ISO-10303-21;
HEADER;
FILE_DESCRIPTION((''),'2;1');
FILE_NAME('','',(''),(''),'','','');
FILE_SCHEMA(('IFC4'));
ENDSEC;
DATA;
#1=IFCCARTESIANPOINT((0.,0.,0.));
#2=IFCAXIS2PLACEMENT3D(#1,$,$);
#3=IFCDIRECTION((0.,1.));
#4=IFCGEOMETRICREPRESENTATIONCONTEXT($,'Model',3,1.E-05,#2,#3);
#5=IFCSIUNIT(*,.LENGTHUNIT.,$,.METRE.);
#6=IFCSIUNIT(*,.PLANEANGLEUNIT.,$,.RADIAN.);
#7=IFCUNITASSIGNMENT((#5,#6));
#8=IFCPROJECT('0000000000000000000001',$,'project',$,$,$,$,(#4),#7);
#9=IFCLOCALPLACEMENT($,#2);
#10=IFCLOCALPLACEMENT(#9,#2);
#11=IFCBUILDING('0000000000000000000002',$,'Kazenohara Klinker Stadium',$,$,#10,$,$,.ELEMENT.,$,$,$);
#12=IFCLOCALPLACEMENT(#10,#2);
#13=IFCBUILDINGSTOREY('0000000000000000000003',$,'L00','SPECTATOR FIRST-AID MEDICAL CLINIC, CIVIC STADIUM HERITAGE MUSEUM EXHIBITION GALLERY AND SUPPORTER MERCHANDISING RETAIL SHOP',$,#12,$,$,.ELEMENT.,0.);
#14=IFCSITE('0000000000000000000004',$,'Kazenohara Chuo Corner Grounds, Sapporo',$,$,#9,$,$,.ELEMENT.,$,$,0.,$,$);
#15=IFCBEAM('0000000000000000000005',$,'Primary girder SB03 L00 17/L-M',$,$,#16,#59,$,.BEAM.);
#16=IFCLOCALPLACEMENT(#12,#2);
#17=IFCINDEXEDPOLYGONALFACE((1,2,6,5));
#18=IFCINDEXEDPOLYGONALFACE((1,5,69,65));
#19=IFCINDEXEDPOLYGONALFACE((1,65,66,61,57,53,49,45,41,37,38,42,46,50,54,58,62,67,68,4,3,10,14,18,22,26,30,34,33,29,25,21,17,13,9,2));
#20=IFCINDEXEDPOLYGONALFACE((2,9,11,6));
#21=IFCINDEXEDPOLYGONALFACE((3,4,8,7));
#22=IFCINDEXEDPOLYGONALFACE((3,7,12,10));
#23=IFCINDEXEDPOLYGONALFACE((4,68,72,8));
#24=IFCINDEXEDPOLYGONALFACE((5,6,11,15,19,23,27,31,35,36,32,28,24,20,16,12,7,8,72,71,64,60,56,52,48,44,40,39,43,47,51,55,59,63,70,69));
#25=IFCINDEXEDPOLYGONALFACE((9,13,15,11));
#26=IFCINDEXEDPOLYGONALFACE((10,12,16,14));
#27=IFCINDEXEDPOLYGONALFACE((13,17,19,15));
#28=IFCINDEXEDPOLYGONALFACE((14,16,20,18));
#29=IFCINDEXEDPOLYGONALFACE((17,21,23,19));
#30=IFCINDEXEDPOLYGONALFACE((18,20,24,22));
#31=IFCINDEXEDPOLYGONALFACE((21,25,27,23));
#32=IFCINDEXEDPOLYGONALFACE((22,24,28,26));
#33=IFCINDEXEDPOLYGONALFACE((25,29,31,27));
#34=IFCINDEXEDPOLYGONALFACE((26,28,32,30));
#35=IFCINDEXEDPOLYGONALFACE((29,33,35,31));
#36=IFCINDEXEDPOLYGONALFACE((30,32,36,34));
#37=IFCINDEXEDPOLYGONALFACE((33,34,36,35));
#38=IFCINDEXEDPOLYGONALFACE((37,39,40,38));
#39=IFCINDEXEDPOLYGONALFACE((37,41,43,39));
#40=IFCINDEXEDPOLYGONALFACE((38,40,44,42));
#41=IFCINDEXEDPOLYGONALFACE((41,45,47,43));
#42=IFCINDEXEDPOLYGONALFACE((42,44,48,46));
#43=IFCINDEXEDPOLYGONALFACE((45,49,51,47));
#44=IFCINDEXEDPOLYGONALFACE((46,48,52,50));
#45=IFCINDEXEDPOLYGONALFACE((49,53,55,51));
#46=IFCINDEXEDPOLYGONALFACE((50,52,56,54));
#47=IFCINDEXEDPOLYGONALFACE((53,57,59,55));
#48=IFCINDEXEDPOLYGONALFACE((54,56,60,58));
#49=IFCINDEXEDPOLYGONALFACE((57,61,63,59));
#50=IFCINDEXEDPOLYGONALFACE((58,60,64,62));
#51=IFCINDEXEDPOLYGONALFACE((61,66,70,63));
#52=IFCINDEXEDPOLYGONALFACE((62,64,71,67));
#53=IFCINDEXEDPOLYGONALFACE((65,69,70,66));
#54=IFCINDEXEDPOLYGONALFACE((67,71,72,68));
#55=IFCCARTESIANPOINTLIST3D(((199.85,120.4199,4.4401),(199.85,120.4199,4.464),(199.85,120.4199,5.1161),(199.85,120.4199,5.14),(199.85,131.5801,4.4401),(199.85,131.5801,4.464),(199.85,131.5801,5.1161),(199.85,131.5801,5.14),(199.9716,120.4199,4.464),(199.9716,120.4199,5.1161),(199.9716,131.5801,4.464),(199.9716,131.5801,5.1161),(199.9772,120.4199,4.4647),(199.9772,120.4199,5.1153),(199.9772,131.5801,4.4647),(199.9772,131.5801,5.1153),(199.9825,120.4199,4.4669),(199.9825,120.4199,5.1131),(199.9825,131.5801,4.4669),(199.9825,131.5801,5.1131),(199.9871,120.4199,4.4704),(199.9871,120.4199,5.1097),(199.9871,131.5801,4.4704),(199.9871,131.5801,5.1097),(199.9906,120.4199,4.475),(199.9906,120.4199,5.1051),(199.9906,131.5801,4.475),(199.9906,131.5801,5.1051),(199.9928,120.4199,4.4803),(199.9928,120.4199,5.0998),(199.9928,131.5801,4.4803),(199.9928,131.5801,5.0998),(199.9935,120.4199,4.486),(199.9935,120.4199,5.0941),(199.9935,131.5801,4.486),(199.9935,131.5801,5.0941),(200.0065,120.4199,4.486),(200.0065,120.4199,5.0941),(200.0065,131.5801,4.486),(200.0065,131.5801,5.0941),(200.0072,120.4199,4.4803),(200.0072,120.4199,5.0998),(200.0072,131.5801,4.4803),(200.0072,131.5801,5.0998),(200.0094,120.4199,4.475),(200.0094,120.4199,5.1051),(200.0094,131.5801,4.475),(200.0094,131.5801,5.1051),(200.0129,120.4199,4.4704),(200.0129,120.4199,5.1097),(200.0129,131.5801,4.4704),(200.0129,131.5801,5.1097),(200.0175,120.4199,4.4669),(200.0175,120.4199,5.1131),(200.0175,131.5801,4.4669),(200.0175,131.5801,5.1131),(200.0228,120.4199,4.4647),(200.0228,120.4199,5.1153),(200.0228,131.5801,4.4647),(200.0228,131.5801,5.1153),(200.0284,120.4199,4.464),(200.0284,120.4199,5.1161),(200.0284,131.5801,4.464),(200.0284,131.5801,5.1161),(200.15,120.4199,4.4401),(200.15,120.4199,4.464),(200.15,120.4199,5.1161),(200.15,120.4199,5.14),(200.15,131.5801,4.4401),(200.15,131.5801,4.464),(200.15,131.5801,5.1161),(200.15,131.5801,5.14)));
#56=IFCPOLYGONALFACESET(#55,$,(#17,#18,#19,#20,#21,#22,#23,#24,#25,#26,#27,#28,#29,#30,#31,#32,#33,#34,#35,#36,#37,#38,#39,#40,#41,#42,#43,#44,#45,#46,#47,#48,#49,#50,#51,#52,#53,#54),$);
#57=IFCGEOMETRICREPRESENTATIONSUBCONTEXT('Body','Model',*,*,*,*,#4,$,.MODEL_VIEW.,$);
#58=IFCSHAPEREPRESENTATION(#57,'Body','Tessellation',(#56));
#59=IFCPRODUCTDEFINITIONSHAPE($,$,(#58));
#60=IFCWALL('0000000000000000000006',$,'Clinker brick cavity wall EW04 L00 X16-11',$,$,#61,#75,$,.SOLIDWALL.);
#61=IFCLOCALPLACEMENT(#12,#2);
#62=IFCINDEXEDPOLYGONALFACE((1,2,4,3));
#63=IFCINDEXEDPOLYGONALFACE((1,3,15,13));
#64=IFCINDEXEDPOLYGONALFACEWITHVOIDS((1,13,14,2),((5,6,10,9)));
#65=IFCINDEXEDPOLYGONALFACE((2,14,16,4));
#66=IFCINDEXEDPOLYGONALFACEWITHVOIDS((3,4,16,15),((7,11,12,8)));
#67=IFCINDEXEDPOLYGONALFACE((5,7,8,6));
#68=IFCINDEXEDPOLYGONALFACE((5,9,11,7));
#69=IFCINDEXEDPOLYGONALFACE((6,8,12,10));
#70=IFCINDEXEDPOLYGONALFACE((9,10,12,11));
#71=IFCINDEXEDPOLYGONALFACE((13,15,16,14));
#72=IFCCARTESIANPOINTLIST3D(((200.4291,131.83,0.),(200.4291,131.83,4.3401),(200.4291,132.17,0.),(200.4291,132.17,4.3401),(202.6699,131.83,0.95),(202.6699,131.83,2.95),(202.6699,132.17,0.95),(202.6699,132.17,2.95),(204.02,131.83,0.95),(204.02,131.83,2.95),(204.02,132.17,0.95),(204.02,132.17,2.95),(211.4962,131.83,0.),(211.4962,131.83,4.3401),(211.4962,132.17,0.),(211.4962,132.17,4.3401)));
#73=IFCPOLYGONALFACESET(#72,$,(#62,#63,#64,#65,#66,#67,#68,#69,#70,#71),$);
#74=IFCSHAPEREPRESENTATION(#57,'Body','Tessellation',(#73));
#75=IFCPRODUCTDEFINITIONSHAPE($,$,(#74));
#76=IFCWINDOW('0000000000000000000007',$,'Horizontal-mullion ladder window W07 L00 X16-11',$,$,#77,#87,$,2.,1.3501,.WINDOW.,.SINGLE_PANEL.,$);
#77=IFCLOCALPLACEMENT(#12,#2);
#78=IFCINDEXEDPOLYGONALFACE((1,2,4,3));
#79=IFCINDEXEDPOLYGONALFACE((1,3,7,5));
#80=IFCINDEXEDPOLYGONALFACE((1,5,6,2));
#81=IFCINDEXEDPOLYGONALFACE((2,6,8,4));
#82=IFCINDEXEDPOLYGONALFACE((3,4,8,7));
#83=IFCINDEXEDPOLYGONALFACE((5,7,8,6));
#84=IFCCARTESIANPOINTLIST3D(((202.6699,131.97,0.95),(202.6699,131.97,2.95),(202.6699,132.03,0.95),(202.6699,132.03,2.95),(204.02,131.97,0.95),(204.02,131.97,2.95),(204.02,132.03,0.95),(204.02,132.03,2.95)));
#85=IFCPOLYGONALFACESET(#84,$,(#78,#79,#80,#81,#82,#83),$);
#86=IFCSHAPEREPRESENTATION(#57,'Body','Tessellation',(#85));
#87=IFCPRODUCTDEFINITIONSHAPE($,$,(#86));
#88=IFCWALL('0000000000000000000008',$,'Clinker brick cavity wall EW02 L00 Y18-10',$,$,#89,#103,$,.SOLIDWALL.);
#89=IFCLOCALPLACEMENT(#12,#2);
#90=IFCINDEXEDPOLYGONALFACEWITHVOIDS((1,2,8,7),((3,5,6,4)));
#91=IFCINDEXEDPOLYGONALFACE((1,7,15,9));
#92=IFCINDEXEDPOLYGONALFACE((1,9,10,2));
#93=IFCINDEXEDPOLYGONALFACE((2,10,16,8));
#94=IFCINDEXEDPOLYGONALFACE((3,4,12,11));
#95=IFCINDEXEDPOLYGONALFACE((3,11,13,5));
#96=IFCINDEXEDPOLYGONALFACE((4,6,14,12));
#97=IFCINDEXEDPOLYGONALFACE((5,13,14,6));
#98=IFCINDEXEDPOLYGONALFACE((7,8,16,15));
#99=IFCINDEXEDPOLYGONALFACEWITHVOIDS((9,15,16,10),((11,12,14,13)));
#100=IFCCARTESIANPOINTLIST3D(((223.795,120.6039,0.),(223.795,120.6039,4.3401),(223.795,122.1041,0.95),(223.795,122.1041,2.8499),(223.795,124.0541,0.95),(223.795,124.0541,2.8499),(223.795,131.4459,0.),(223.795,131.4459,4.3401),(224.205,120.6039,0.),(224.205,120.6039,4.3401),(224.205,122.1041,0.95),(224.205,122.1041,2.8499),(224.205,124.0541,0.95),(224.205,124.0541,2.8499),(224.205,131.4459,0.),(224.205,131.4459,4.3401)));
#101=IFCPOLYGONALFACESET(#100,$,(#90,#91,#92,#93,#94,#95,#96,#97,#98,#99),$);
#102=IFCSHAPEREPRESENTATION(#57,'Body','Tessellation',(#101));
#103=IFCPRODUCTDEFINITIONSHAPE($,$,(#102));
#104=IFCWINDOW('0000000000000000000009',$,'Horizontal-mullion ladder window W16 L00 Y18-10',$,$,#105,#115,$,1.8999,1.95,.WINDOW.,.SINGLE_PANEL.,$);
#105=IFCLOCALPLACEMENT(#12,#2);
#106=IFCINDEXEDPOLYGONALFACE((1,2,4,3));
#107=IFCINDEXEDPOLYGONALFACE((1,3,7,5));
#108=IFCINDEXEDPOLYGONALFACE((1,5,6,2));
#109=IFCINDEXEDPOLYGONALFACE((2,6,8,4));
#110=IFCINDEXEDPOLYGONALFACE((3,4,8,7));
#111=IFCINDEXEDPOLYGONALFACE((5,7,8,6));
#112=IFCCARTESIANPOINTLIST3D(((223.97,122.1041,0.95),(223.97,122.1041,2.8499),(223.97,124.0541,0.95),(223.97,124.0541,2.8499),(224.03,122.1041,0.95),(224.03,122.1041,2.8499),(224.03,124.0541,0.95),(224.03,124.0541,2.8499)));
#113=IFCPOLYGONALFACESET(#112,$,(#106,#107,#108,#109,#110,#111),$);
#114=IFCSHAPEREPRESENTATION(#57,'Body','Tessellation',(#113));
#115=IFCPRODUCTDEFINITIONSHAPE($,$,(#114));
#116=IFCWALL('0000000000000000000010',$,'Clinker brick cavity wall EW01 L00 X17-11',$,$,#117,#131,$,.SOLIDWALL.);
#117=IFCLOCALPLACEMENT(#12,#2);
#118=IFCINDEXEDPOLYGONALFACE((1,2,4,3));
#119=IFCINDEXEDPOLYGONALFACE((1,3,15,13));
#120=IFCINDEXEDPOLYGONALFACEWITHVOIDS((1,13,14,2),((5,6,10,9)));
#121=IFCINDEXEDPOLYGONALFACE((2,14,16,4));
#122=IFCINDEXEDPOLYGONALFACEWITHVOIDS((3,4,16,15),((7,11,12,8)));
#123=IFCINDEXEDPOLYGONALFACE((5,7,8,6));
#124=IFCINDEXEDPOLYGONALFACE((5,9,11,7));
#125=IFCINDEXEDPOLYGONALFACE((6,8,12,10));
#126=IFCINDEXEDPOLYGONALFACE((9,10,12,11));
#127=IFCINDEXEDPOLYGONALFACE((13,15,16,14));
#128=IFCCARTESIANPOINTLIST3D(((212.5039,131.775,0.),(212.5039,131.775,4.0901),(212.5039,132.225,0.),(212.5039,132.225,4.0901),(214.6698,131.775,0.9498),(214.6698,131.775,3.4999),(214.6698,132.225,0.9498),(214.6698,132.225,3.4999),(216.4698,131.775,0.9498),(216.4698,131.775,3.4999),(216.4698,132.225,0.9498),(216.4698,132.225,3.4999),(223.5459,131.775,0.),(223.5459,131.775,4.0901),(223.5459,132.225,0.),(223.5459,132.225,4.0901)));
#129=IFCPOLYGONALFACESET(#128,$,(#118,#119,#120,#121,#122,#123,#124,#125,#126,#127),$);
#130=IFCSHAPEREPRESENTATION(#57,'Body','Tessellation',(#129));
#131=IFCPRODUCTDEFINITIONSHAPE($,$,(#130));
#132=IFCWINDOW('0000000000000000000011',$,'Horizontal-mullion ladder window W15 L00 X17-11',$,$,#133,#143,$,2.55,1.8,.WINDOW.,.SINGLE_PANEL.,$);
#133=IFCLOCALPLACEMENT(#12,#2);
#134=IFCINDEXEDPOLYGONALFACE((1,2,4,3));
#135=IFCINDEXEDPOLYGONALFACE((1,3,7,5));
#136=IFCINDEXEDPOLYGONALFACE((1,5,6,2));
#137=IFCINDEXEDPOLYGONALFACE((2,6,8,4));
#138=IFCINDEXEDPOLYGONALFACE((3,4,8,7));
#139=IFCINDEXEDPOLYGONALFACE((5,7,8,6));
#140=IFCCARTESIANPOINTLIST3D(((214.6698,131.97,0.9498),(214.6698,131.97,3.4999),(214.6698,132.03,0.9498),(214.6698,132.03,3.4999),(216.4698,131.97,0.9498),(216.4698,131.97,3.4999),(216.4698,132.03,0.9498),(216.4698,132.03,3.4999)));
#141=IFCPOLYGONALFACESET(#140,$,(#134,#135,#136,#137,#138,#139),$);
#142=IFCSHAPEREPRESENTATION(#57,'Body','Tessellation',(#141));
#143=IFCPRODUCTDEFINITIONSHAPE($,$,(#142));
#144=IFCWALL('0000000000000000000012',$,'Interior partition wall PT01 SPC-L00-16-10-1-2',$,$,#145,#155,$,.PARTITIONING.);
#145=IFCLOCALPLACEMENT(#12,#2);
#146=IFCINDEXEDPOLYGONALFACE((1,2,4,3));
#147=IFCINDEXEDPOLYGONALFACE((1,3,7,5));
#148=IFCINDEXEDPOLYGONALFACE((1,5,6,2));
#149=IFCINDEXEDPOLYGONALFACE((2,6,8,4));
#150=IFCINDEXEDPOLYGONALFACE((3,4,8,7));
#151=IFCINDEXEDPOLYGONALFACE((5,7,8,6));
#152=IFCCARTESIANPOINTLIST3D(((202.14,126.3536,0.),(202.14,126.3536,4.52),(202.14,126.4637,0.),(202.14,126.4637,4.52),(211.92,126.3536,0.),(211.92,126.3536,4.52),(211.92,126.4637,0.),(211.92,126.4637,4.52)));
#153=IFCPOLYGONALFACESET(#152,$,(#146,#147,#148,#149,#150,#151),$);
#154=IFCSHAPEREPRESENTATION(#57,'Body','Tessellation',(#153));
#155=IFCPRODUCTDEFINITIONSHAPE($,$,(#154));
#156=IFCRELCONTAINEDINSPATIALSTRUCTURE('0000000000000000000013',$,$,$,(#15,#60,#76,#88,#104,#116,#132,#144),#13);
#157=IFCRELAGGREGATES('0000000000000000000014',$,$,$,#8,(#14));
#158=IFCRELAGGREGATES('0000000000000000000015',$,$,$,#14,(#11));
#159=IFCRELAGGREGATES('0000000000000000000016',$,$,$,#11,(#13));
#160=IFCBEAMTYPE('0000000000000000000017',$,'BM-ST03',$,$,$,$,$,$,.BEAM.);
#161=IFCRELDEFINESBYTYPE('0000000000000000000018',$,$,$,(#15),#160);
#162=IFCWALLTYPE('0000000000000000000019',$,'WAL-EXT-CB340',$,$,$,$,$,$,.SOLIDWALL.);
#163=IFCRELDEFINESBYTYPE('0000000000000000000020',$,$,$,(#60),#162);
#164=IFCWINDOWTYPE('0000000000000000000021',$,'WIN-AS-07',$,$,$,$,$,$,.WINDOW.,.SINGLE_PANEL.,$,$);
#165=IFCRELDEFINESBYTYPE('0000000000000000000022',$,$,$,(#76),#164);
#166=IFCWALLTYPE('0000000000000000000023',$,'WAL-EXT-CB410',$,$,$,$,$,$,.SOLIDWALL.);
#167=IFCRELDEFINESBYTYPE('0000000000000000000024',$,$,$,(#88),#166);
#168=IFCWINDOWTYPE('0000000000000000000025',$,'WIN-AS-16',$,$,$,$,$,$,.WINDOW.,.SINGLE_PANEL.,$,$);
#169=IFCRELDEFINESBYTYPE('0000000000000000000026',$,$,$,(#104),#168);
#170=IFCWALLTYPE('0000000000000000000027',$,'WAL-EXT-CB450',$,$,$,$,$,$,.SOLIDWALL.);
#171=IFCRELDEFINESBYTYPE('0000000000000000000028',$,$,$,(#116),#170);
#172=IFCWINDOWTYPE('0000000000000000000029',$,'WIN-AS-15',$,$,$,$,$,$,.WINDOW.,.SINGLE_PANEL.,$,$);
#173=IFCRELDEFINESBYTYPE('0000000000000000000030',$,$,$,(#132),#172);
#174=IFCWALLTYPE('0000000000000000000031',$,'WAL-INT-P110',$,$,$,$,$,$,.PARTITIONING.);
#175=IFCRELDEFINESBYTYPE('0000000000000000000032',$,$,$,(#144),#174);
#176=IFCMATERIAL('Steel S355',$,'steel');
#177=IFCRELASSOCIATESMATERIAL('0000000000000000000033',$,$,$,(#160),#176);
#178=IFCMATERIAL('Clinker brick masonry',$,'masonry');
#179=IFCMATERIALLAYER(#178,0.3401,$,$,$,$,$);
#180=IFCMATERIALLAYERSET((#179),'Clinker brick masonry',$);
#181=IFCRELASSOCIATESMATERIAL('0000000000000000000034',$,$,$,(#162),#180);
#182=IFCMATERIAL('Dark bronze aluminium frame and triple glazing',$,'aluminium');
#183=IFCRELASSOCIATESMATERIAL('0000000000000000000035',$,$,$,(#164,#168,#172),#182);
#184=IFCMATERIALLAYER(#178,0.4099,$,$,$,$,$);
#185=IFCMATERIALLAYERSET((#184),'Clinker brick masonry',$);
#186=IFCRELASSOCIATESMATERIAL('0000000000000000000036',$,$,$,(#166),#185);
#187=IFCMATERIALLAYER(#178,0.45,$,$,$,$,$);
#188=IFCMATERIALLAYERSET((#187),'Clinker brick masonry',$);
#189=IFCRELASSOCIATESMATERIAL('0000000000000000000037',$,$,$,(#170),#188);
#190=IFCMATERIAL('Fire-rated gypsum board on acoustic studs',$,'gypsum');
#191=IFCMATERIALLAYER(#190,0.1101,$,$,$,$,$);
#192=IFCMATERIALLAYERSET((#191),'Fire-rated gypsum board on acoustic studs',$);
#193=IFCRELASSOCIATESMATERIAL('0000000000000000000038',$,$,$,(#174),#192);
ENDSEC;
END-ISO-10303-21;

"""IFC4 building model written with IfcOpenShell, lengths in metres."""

from ifc_helpers import new_model, si_unit, direction, frame, frame_2d, origin, origin_2d, place, context, subcontext, project, spatial, rectangle, i_section, extrude, material, layer, layer_set, material_profile, profile_set, type_object, element, fill, save


model = new_model("IFC4")

# Units and contexts
model_context = context("Model", 3, precision=1e-05, world=origin(), true_north=direction((0.0, 1.0)))
body_context = subcontext(model_context, "Body", "Model", "MODEL_VIEW")
ifc_project = project(units=[si_unit("LENGTHUNIT", "METRE"), si_unit("PLANEANGLEUNIT", "RADIAN")], contexts=[model_context])

# Site, building, storey
site_placement = place(None, origin())
site = spatial("IfcSite", under=ifc_project, at=site_placement, Name="Kazenohara Chuo Corner Grounds, Sapporo", CompositionType="ELEMENT", RefElevation=0.0)
building_placement = place(site_placement, origin())
building = spatial("IfcBuilding", under=site, at=building_placement, Name="Kazenohara Klinker Stadium", CompositionType="ELEMENT")
storey_placement = place(building_placement, origin())
storey = spatial("IfcBuildingStorey", under=building, at=storey_placement, Name="L00", Description="SPECTATOR FIRST-AID MEDICAL CLINIC, CIVIC STADIUM HERITAGE MUSEUM EXHIBITION GALLERY AND SUPPORTER MERCHANDISING RETAIL SHOP", CompositionType="ELEMENT", Elevation=0.0)

# Beam
ifc_material_1 = material(Name="Steel S355", Category="steel")
ifc_material_profile_1 = material_profile(ifc_material_1, i_section(OverallWidth=0.3, OverallDepth=0.7, WebThickness=0.0129, FlangeThickness=0.0239, FilletRadius=0.022, at=origin_2d()), Name="H-700x300x13x24")
ifc_profile_set_1 = profile_set([ifc_material_profile_1], Name="Steel S355")
beam_type_1 = type_object("IfcBeamType", Name="BM-ST03", PredefinedType="BEAM", material=ifc_profile_set_1)
beam_1_placement = place(storey_placement, frame((200.0, 120.4199, 4.79), z_axis=(0.0, 1.0, 0.0), x_axis=(-1.0, 0.0, 0.0)))
element("IfcBeam", 1, at=beam_1_placement, inside=storey, type_object=beam_type_1, Name="Primary girder SB03 L00 17/L-M", PredefinedType="BEAM", context=body_context, shape_type="SweptSolid", body=[
    extrude(i_section(OverallWidth=0.3, OverallDepth=0.7, WebThickness=0.0129, FlangeThickness=0.0239, FilletRadius=0.022, at=origin_2d()), origin(), (0.0, 0.0, 1.0), 11.1602),
])

# Walls, openings, windows
ifc_material_2 = material(Name="Clinker brick masonry", Category="masonry")
ifc_layer_1 = layer(ifc_material_2, 0.3401)
ifc_layer_set_1 = layer_set([ifc_layer_1], Name="Clinker brick masonry")
wall_type_1 = type_object("IfcWallType", Name="WAL-EXT-CB340", PredefinedType="SOLIDWALL", material=ifc_layer_set_1)
wall_1_placement = place(storey_placement, frame((200.429, 132.0, 0.0), z_axis=(0.0, 0.0, 1.0), x_axis=(1.0, 0.0, 0.0)))
wall_1 = element("IfcWall", 2, at=wall_1_placement, inside=storey, type_object=wall_type_1, Name="Clinker brick cavity wall EW04 L00 X16-11", PredefinedType="SOLIDWALL", context=body_context, shape_type="SweptSolid", body=[
    extrude(rectangle(XDim=11.0671, YDim=0.3401, at=frame_2d((5.5337, 0.0))), origin(), (0.0, 0.0, 1.0), 4.3401),
])
opening_1_placement = place(wall_1_placement, frame((2.241, 0.0, 0.95)))
opening_1 = element("IfcOpeningElement", 3, at=opening_1_placement, cuts=wall_1, PredefinedType="OPENING", context=body_context, shape_type="SweptSolid", body=[
    extrude(rectangle(XDim=1.3501, YDim=2.0, at=frame_2d((0.675, 1.0))), frame((0.0, 0.1802, 0.0), z_axis=(0.0, -1.0, 0.0), x_axis=(1.0, 0.0, 0.0)), (0.0, 0.0, 1.0), 0.3601),
])
ifc_material_3 = material(Name="Dark bronze aluminium frame and triple glazing", Category="aluminium")
window_type_1 = type_object("IfcWindowType", Name="WIN-AS-07", PartitioningType="SINGLE_PANEL", PredefinedType="WINDOW", material=ifc_material_3)
window_1_placement = place(opening_1_placement, origin())
window_1 = element("IfcWindow", 4, at=window_1_placement, inside=storey, type_object=window_type_1, Name="Horizontal-mullion ladder window W07 L00 X16-11", OverallHeight=2.0, OverallWidth=1.3501, PartitioningType="SINGLE_PANEL", PredefinedType="WINDOW", context=body_context, shape_type="SweptSolid", body=[
    extrude(rectangle(XDim=1.3501, YDim=2.0, at=frame_2d((0.675, 1.0))), frame((0.0, 0.03, 0.0), z_axis=(0.0, -1.0, 0.0), x_axis=(1.0, 0.0, 0.0)), (0.0, 0.0, 1.0), 0.0601),
])
fill(opening_1, window_1)
ifc_layer_2 = layer(ifc_material_2, 0.4099)
ifc_layer_set_2 = layer_set([ifc_layer_2], Name="Clinker brick masonry")
wall_type_2 = type_object("IfcWallType", Name="WAL-EXT-CB410", PredefinedType="SOLIDWALL", material=ifc_layer_set_2)
wall_2_placement = place(storey_placement, frame((224.0, 120.604, 0.0), z_axis=(0.0, 0.0, 1.0), x_axis=(0.0, 1.0, 0.0)))
wall_2 = element("IfcWall", 5, at=wall_2_placement, inside=storey, type_object=wall_type_2, Name="Clinker brick cavity wall EW02 L00 Y18-10", PredefinedType="SOLIDWALL", context=body_context, shape_type="SweptSolid", body=[
    extrude(rectangle(XDim=10.842, YDim=0.4099, at=frame_2d((5.4209, 0.0))), origin(), (0.0, 0.0, 1.0), 4.3401),
])
opening_2_placement = place(wall_2_placement, frame((1.5, 0.0, 0.95)))
opening_2 = element("IfcOpeningElement", 6, at=opening_2_placement, cuts=wall_2, PredefinedType="OPENING", context=body_context, shape_type="SweptSolid", body=[
    extrude(rectangle(XDim=1.95, YDim=1.8999, at=frame_2d((0.9751, 0.95))), frame((0.0, 0.2148, 0.0), z_axis=(0.0, -1.0, 0.0), x_axis=(1.0, 0.0, 0.0)), (0.0, 0.0, 1.0), 0.4299),
])
window_type_2 = type_object("IfcWindowType", Name="WIN-AS-16", PartitioningType="SINGLE_PANEL", PredefinedType="WINDOW", material=ifc_material_3)
window_2_placement = place(opening_2_placement, origin())
window_2 = element("IfcWindow", 7, at=window_2_placement, inside=storey, type_object=window_type_2, Name="Horizontal-mullion ladder window W16 L00 Y18-10", OverallHeight=1.8999, OverallWidth=1.95, PartitioningType="SINGLE_PANEL", PredefinedType="WINDOW", context=body_context, shape_type="SweptSolid", body=[
    extrude(rectangle(XDim=1.95, YDim=1.8999, at=frame_2d((0.9751, 0.95))), frame((0.0, 0.03, 0.0), z_axis=(0.0, -1.0, 0.0), x_axis=(1.0, 0.0, 0.0)), (0.0, 0.0, 1.0), 0.0601),
])
fill(opening_2, window_2)
ifc_layer_3 = layer(ifc_material_2, 0.45)
ifc_layer_set_3 = layer_set([ifc_layer_3], Name="Clinker brick masonry")
wall_type_3 = type_object("IfcWallType", Name="WAL-EXT-CB450", PredefinedType="SOLIDWALL", material=ifc_layer_set_3)
wall_3_placement = place(storey_placement, frame((212.5039, 132.0, 0.0), z_axis=(0.0, 0.0, 1.0), x_axis=(1.0, 0.0, 0.0)))
wall_3 = element("IfcWall", 8, at=wall_3_placement, inside=storey, type_object=wall_type_3, Name="Clinker brick cavity wall EW01 L00 X17-11", PredefinedType="SOLIDWALL", context=body_context, shape_type="SweptSolid", body=[
    extrude(rectangle(XDim=11.042, YDim=0.45, at=frame_2d((5.521, 0.0))), origin(), (0.0, 0.0, 1.0), 4.0901),
])
opening_3_placement = place(wall_3_placement, frame((2.166, 0.0, 0.95)))
opening_3 = element("IfcOpeningElement", 9, at=opening_3_placement, cuts=wall_3, PredefinedType="OPENING", context=body_context, shape_type="SweptSolid", body=[
    extrude(rectangle(XDim=1.8, YDim=2.55, at=frame_2d((0.8999, 1.2749))), frame((0.0, 0.2349, 0.0), z_axis=(0.0, -1.0, 0.0), x_axis=(1.0, 0.0, 0.0)), (0.0, 0.0, 1.0), 0.47),
])
window_type_3 = type_object("IfcWindowType", Name="WIN-AS-15", PartitioningType="SINGLE_PANEL", PredefinedType="WINDOW", material=ifc_material_3)
window_3_placement = place(opening_3_placement, origin())
window_3 = element("IfcWindow", 10, at=window_3_placement, inside=storey, type_object=window_type_3, Name="Horizontal-mullion ladder window W15 L00 X17-11", OverallHeight=2.55, OverallWidth=1.8, PartitioningType="SINGLE_PANEL", PredefinedType="WINDOW", context=body_context, shape_type="SweptSolid", body=[
    extrude(rectangle(XDim=1.8, YDim=2.55, at=frame_2d((0.8999, 1.2749))), frame((0.0, 0.03, 0.0), z_axis=(0.0, -1.0, 0.0), x_axis=(1.0, 0.0, 0.0)), (0.0, 0.0, 1.0), 0.0601),
])
fill(opening_3, window_3)

# Wall
ifc_material_4 = material(Name="Fire-rated gypsum board on acoustic studs", Category="gypsum")
ifc_layer_4 = layer(ifc_material_4, 0.1101)
ifc_layer_set_4 = layer_set([ifc_layer_4], Name="Fire-rated gypsum board on acoustic studs")
wall_type_4 = type_object("IfcWallType", Name="WAL-INT-P110", PredefinedType="PARTITIONING", material=ifc_layer_set_4)
wall_4_placement = place(storey_placement, frame((202.1399, 126.4087, 0.0), z_axis=(0.0, 0.0, 1.0), x_axis=(1.0, 0.0, 0.0)))
element("IfcWall", 11, at=wall_4_placement, inside=storey, type_object=wall_type_4, Name="Interior partition wall PT01 SPC-L00-16-10-1-2", PredefinedType="PARTITIONING", context=body_context, shape_type="SweptSolid", body=[
    extrude(rectangle(XDim=9.78, YDim=0.1101, at=frame_2d((4.8901, 0.0))), origin(), (0.0, 0.0, 1.0), 4.52),
])

save(model, "model.ifc")
